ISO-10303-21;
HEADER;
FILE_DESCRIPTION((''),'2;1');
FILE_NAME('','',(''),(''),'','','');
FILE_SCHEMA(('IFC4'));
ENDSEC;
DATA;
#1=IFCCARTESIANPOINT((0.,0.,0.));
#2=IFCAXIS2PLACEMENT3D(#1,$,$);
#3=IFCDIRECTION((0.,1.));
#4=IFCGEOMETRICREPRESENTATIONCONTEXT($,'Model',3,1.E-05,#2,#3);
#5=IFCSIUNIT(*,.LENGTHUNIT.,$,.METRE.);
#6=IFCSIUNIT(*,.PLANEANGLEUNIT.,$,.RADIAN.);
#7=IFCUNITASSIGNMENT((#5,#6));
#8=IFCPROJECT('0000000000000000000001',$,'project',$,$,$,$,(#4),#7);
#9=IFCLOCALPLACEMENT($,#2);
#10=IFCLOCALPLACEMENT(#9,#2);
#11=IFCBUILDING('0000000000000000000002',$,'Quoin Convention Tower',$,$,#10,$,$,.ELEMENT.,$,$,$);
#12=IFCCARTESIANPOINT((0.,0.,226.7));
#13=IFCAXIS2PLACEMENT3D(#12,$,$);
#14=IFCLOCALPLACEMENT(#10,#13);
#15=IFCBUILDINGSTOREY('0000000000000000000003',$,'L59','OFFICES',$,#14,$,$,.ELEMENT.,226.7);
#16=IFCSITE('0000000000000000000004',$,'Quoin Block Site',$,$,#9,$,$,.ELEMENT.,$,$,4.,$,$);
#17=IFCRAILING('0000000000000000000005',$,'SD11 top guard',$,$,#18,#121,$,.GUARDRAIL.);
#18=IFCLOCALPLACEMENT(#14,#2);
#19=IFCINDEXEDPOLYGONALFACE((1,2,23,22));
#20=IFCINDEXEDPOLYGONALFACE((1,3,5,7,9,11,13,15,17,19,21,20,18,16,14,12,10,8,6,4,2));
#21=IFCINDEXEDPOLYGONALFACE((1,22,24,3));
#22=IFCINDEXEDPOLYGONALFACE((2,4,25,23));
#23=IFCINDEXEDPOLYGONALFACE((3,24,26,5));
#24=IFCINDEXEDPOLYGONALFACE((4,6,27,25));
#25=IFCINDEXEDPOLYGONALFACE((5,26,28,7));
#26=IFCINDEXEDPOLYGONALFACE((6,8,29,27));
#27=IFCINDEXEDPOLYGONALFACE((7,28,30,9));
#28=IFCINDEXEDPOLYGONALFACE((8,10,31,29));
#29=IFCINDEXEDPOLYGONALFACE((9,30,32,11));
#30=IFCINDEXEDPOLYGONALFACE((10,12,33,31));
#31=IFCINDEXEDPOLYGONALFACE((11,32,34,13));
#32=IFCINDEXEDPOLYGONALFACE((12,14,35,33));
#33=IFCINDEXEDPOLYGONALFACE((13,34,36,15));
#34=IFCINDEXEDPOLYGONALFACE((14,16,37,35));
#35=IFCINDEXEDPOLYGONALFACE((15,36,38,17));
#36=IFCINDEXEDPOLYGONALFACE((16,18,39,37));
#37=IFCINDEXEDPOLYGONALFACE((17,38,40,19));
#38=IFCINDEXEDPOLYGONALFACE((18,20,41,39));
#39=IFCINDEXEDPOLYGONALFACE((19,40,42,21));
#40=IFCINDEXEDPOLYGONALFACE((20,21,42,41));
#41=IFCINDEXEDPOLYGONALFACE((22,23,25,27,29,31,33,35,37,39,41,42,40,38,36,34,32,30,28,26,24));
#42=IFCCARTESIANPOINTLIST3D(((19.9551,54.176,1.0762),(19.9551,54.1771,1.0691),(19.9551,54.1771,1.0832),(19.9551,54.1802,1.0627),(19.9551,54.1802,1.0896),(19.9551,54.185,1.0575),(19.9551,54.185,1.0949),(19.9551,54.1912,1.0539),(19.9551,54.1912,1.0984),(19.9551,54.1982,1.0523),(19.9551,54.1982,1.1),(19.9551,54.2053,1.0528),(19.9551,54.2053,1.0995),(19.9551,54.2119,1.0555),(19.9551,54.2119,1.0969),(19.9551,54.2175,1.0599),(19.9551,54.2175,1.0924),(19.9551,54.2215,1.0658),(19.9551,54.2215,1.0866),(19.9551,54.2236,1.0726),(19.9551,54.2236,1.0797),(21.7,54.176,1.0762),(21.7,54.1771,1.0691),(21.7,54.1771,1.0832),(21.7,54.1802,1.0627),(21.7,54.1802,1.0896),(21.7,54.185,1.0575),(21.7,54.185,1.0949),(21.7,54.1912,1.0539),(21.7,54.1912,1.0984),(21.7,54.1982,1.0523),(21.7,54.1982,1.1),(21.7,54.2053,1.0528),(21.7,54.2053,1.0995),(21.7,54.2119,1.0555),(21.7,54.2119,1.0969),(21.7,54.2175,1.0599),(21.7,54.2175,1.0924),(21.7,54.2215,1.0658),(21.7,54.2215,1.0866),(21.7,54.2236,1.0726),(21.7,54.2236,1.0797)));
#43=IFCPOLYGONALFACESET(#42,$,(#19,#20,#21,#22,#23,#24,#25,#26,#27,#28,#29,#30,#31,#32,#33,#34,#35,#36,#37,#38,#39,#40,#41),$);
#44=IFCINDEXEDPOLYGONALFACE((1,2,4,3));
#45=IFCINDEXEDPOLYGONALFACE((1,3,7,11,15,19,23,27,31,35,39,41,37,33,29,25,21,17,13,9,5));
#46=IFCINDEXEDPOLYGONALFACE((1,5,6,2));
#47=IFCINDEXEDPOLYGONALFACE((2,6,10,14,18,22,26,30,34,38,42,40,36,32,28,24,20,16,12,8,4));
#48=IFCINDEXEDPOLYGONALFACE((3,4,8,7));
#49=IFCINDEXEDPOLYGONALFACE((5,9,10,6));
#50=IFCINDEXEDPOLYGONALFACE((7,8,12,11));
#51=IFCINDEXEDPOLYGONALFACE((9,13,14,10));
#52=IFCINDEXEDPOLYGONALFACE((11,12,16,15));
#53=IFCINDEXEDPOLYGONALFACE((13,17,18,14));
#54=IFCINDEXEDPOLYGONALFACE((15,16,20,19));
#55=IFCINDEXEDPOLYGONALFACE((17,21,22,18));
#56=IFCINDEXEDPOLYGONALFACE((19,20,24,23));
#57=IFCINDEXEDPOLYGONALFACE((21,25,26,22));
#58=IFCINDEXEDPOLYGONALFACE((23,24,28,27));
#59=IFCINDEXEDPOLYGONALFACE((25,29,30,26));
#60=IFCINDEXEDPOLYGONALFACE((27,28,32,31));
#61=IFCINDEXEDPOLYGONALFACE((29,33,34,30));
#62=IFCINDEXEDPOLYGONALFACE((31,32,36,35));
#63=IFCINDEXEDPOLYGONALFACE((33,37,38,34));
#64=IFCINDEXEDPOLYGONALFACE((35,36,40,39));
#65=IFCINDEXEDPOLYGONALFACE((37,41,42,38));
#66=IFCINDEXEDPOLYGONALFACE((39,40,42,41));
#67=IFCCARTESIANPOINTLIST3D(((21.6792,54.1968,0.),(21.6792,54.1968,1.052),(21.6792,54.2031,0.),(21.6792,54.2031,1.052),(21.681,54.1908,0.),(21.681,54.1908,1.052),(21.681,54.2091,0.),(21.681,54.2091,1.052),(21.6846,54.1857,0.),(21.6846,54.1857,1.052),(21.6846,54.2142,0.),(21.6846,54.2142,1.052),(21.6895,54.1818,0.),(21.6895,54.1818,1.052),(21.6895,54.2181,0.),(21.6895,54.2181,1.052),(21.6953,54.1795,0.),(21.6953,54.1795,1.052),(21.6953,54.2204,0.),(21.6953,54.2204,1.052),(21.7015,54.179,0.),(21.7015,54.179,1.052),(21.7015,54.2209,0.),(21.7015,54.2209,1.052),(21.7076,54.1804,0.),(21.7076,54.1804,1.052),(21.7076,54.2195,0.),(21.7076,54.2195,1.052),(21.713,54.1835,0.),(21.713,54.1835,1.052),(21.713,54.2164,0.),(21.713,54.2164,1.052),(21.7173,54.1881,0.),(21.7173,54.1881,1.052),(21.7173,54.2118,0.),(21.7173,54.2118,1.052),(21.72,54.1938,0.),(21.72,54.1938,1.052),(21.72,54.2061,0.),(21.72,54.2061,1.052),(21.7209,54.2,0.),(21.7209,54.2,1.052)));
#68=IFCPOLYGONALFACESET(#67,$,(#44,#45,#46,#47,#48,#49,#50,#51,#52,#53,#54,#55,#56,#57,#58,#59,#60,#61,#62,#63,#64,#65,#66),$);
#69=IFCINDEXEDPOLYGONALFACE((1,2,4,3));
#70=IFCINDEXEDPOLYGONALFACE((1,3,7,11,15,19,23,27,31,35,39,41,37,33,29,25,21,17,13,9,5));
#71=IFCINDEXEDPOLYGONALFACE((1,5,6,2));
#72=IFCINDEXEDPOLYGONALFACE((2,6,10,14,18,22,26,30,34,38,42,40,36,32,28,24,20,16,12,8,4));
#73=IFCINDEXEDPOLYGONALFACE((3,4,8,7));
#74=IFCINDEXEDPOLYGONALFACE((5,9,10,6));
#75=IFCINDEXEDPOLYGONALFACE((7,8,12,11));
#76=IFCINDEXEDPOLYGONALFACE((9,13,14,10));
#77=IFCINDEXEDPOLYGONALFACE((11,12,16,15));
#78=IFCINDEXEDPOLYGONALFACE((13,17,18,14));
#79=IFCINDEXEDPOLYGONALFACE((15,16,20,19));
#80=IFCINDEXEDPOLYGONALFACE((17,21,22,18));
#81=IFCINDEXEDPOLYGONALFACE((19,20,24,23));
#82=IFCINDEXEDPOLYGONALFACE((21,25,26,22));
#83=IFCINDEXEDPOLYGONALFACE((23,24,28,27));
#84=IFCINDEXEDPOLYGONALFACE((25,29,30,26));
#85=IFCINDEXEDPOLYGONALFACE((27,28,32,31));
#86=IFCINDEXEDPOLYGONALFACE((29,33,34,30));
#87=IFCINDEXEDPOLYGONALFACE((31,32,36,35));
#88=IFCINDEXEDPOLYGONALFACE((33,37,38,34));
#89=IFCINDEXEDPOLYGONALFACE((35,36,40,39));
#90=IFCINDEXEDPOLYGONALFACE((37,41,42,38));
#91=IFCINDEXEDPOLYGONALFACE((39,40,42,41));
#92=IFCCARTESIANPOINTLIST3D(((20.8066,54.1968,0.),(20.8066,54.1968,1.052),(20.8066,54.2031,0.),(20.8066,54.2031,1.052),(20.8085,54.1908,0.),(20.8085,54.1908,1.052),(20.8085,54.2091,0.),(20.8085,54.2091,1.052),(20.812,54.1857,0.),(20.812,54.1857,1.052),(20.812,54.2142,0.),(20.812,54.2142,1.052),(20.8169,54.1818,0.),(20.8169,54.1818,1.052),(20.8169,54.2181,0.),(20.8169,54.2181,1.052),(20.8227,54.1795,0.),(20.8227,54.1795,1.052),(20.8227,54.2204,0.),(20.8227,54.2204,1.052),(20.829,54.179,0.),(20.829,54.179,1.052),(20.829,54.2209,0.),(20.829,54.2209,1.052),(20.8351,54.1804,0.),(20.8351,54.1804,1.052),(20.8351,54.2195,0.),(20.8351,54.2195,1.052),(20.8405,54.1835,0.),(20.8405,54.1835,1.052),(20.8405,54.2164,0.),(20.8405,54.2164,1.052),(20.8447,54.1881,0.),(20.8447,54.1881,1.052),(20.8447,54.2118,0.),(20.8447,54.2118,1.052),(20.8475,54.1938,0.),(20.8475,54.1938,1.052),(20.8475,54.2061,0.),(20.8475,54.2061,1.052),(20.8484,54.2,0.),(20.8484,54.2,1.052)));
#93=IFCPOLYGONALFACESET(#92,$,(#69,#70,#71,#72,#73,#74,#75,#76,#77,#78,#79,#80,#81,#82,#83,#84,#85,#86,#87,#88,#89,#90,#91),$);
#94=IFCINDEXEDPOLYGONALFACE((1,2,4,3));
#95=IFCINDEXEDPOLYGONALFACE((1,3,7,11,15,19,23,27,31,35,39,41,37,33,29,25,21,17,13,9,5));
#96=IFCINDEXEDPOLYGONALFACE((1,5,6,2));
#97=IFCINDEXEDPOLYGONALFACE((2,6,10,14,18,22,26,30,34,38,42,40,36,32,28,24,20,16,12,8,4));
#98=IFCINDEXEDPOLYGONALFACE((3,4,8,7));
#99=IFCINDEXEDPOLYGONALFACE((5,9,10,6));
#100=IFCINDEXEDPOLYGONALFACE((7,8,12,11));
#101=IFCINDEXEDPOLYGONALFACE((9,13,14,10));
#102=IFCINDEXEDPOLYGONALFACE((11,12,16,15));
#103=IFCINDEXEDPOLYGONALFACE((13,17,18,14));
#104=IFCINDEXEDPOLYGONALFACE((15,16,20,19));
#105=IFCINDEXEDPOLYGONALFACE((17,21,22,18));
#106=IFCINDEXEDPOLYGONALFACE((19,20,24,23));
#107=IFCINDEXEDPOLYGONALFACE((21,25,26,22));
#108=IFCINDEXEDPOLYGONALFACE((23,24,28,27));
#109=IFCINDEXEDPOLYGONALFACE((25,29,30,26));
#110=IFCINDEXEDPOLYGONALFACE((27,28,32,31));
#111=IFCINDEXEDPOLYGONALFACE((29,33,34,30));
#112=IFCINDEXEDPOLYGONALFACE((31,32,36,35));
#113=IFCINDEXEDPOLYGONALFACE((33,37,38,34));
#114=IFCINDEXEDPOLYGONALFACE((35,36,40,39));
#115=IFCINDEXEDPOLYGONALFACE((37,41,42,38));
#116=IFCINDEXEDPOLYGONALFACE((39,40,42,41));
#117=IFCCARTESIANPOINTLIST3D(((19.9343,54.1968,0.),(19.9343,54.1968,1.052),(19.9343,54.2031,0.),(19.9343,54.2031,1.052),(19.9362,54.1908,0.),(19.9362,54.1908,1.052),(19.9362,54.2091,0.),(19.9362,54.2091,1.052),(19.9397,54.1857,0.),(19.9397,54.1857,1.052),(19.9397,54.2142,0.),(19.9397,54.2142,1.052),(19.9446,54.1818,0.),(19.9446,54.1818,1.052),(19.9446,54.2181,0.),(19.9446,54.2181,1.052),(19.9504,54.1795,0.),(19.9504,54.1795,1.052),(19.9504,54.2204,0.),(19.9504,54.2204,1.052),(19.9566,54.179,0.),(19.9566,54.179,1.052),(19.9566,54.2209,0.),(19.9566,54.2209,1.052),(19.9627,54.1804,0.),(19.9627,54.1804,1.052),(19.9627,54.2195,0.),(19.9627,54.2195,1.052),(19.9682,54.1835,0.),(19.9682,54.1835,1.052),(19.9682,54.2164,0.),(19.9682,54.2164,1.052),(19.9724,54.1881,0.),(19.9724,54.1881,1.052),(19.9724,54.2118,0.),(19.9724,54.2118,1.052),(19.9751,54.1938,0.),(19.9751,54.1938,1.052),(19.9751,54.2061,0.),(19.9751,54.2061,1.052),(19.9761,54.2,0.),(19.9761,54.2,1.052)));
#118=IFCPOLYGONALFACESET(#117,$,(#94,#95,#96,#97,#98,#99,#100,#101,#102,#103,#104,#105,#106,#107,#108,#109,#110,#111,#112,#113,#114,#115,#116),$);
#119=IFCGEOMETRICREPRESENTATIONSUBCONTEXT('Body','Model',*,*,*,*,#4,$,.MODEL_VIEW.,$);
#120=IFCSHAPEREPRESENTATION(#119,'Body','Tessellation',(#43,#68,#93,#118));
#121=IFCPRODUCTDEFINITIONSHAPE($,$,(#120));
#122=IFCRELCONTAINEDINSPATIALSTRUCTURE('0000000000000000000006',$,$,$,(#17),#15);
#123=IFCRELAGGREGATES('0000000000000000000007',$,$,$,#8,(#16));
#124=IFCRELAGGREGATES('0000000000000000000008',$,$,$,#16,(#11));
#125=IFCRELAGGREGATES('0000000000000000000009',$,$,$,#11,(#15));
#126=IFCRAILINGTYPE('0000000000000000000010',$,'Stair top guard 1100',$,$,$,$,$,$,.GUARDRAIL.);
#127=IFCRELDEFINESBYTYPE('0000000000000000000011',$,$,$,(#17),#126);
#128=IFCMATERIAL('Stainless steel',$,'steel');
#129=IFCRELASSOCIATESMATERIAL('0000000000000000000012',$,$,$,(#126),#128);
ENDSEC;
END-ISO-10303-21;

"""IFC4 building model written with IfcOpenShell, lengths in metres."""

from ifc_helpers import new_model, si_unit, direction, frame, origin, origin_2d, place, context, subcontext, project, spatial, circle, extrude, material, type_object, element, save


model = new_model("IFC4")

# Units and contexts
model_context = context("Model", 3, precision=1e-05, world=origin(), true_north=direction((0.0, 1.0)))
body_context = subcontext(model_context, "Body", "Model", "MODEL_VIEW")
ifc_project = project(units=[si_unit("LENGTHUNIT", "METRE"), si_unit("PLANEANGLEUNIT", "RADIAN")], contexts=[model_context])

# Site, building, storey
site_placement = place(None, origin())
site = spatial("IfcSite", under=ifc_project, at=site_placement, Name="Quoin Block Site", CompositionType="ELEMENT", RefElevation=4.0)
building_placement = place(site_placement, origin())
building = spatial("IfcBuilding", under=site, at=building_placement, Name="Quoin Convention Tower", CompositionType="ELEMENT")
storey_placement = place(building_placement, frame((0.0, 0.0, 226.7)))
storey = spatial("IfcBuildingStorey", under=building, at=storey_placement, Name="L59", Description="OFFICES", CompositionType="ELEMENT", Elevation=226.7)

# Railing
ifc_material_1 = material(Name="Stainless steel", Category="steel")
railing_type_1 = type_object("IfcRailingType", Name="Stair top guard 1100", PredefinedType="GUARDRAIL", material=ifc_material_1)
railing_1_placement = place(storey_placement, frame((21.7, 54.2, 0.0)))
element("IfcRailing", 1, at=railing_1_placement, inside=storey, type_object=railing_type_1, Name="SD11 top guard", PredefinedType="GUARDRAIL", context=body_context, shape_type="SweptSolid", body=[
    extrude(circle(Radius=0.0239, at=origin_2d()), frame((0.0, 0.0, 1.0762), z_axis=(-1.0, 0.0, 0.0), x_axis=(0.0, -1.0, 0.0)), (0.0, 0.0, 1.0), 1.7449),
    extrude(circle(Radius=0.021, at=origin_2d()), origin(), (0.0, 0.0, 1.0), 1.052),
    extrude(circle(Radius=0.021, at=origin_2d()), frame((-0.8726, 0.0, 0.0)), (0.0, 0.0, 1.0), 1.052),
    extrude(circle(Radius=0.021, at=origin_2d()), frame((-1.7449, 0.0, 0.0)), (0.0, 0.0, 1.0), 1.052),
])

save(model, "model.ifc")
